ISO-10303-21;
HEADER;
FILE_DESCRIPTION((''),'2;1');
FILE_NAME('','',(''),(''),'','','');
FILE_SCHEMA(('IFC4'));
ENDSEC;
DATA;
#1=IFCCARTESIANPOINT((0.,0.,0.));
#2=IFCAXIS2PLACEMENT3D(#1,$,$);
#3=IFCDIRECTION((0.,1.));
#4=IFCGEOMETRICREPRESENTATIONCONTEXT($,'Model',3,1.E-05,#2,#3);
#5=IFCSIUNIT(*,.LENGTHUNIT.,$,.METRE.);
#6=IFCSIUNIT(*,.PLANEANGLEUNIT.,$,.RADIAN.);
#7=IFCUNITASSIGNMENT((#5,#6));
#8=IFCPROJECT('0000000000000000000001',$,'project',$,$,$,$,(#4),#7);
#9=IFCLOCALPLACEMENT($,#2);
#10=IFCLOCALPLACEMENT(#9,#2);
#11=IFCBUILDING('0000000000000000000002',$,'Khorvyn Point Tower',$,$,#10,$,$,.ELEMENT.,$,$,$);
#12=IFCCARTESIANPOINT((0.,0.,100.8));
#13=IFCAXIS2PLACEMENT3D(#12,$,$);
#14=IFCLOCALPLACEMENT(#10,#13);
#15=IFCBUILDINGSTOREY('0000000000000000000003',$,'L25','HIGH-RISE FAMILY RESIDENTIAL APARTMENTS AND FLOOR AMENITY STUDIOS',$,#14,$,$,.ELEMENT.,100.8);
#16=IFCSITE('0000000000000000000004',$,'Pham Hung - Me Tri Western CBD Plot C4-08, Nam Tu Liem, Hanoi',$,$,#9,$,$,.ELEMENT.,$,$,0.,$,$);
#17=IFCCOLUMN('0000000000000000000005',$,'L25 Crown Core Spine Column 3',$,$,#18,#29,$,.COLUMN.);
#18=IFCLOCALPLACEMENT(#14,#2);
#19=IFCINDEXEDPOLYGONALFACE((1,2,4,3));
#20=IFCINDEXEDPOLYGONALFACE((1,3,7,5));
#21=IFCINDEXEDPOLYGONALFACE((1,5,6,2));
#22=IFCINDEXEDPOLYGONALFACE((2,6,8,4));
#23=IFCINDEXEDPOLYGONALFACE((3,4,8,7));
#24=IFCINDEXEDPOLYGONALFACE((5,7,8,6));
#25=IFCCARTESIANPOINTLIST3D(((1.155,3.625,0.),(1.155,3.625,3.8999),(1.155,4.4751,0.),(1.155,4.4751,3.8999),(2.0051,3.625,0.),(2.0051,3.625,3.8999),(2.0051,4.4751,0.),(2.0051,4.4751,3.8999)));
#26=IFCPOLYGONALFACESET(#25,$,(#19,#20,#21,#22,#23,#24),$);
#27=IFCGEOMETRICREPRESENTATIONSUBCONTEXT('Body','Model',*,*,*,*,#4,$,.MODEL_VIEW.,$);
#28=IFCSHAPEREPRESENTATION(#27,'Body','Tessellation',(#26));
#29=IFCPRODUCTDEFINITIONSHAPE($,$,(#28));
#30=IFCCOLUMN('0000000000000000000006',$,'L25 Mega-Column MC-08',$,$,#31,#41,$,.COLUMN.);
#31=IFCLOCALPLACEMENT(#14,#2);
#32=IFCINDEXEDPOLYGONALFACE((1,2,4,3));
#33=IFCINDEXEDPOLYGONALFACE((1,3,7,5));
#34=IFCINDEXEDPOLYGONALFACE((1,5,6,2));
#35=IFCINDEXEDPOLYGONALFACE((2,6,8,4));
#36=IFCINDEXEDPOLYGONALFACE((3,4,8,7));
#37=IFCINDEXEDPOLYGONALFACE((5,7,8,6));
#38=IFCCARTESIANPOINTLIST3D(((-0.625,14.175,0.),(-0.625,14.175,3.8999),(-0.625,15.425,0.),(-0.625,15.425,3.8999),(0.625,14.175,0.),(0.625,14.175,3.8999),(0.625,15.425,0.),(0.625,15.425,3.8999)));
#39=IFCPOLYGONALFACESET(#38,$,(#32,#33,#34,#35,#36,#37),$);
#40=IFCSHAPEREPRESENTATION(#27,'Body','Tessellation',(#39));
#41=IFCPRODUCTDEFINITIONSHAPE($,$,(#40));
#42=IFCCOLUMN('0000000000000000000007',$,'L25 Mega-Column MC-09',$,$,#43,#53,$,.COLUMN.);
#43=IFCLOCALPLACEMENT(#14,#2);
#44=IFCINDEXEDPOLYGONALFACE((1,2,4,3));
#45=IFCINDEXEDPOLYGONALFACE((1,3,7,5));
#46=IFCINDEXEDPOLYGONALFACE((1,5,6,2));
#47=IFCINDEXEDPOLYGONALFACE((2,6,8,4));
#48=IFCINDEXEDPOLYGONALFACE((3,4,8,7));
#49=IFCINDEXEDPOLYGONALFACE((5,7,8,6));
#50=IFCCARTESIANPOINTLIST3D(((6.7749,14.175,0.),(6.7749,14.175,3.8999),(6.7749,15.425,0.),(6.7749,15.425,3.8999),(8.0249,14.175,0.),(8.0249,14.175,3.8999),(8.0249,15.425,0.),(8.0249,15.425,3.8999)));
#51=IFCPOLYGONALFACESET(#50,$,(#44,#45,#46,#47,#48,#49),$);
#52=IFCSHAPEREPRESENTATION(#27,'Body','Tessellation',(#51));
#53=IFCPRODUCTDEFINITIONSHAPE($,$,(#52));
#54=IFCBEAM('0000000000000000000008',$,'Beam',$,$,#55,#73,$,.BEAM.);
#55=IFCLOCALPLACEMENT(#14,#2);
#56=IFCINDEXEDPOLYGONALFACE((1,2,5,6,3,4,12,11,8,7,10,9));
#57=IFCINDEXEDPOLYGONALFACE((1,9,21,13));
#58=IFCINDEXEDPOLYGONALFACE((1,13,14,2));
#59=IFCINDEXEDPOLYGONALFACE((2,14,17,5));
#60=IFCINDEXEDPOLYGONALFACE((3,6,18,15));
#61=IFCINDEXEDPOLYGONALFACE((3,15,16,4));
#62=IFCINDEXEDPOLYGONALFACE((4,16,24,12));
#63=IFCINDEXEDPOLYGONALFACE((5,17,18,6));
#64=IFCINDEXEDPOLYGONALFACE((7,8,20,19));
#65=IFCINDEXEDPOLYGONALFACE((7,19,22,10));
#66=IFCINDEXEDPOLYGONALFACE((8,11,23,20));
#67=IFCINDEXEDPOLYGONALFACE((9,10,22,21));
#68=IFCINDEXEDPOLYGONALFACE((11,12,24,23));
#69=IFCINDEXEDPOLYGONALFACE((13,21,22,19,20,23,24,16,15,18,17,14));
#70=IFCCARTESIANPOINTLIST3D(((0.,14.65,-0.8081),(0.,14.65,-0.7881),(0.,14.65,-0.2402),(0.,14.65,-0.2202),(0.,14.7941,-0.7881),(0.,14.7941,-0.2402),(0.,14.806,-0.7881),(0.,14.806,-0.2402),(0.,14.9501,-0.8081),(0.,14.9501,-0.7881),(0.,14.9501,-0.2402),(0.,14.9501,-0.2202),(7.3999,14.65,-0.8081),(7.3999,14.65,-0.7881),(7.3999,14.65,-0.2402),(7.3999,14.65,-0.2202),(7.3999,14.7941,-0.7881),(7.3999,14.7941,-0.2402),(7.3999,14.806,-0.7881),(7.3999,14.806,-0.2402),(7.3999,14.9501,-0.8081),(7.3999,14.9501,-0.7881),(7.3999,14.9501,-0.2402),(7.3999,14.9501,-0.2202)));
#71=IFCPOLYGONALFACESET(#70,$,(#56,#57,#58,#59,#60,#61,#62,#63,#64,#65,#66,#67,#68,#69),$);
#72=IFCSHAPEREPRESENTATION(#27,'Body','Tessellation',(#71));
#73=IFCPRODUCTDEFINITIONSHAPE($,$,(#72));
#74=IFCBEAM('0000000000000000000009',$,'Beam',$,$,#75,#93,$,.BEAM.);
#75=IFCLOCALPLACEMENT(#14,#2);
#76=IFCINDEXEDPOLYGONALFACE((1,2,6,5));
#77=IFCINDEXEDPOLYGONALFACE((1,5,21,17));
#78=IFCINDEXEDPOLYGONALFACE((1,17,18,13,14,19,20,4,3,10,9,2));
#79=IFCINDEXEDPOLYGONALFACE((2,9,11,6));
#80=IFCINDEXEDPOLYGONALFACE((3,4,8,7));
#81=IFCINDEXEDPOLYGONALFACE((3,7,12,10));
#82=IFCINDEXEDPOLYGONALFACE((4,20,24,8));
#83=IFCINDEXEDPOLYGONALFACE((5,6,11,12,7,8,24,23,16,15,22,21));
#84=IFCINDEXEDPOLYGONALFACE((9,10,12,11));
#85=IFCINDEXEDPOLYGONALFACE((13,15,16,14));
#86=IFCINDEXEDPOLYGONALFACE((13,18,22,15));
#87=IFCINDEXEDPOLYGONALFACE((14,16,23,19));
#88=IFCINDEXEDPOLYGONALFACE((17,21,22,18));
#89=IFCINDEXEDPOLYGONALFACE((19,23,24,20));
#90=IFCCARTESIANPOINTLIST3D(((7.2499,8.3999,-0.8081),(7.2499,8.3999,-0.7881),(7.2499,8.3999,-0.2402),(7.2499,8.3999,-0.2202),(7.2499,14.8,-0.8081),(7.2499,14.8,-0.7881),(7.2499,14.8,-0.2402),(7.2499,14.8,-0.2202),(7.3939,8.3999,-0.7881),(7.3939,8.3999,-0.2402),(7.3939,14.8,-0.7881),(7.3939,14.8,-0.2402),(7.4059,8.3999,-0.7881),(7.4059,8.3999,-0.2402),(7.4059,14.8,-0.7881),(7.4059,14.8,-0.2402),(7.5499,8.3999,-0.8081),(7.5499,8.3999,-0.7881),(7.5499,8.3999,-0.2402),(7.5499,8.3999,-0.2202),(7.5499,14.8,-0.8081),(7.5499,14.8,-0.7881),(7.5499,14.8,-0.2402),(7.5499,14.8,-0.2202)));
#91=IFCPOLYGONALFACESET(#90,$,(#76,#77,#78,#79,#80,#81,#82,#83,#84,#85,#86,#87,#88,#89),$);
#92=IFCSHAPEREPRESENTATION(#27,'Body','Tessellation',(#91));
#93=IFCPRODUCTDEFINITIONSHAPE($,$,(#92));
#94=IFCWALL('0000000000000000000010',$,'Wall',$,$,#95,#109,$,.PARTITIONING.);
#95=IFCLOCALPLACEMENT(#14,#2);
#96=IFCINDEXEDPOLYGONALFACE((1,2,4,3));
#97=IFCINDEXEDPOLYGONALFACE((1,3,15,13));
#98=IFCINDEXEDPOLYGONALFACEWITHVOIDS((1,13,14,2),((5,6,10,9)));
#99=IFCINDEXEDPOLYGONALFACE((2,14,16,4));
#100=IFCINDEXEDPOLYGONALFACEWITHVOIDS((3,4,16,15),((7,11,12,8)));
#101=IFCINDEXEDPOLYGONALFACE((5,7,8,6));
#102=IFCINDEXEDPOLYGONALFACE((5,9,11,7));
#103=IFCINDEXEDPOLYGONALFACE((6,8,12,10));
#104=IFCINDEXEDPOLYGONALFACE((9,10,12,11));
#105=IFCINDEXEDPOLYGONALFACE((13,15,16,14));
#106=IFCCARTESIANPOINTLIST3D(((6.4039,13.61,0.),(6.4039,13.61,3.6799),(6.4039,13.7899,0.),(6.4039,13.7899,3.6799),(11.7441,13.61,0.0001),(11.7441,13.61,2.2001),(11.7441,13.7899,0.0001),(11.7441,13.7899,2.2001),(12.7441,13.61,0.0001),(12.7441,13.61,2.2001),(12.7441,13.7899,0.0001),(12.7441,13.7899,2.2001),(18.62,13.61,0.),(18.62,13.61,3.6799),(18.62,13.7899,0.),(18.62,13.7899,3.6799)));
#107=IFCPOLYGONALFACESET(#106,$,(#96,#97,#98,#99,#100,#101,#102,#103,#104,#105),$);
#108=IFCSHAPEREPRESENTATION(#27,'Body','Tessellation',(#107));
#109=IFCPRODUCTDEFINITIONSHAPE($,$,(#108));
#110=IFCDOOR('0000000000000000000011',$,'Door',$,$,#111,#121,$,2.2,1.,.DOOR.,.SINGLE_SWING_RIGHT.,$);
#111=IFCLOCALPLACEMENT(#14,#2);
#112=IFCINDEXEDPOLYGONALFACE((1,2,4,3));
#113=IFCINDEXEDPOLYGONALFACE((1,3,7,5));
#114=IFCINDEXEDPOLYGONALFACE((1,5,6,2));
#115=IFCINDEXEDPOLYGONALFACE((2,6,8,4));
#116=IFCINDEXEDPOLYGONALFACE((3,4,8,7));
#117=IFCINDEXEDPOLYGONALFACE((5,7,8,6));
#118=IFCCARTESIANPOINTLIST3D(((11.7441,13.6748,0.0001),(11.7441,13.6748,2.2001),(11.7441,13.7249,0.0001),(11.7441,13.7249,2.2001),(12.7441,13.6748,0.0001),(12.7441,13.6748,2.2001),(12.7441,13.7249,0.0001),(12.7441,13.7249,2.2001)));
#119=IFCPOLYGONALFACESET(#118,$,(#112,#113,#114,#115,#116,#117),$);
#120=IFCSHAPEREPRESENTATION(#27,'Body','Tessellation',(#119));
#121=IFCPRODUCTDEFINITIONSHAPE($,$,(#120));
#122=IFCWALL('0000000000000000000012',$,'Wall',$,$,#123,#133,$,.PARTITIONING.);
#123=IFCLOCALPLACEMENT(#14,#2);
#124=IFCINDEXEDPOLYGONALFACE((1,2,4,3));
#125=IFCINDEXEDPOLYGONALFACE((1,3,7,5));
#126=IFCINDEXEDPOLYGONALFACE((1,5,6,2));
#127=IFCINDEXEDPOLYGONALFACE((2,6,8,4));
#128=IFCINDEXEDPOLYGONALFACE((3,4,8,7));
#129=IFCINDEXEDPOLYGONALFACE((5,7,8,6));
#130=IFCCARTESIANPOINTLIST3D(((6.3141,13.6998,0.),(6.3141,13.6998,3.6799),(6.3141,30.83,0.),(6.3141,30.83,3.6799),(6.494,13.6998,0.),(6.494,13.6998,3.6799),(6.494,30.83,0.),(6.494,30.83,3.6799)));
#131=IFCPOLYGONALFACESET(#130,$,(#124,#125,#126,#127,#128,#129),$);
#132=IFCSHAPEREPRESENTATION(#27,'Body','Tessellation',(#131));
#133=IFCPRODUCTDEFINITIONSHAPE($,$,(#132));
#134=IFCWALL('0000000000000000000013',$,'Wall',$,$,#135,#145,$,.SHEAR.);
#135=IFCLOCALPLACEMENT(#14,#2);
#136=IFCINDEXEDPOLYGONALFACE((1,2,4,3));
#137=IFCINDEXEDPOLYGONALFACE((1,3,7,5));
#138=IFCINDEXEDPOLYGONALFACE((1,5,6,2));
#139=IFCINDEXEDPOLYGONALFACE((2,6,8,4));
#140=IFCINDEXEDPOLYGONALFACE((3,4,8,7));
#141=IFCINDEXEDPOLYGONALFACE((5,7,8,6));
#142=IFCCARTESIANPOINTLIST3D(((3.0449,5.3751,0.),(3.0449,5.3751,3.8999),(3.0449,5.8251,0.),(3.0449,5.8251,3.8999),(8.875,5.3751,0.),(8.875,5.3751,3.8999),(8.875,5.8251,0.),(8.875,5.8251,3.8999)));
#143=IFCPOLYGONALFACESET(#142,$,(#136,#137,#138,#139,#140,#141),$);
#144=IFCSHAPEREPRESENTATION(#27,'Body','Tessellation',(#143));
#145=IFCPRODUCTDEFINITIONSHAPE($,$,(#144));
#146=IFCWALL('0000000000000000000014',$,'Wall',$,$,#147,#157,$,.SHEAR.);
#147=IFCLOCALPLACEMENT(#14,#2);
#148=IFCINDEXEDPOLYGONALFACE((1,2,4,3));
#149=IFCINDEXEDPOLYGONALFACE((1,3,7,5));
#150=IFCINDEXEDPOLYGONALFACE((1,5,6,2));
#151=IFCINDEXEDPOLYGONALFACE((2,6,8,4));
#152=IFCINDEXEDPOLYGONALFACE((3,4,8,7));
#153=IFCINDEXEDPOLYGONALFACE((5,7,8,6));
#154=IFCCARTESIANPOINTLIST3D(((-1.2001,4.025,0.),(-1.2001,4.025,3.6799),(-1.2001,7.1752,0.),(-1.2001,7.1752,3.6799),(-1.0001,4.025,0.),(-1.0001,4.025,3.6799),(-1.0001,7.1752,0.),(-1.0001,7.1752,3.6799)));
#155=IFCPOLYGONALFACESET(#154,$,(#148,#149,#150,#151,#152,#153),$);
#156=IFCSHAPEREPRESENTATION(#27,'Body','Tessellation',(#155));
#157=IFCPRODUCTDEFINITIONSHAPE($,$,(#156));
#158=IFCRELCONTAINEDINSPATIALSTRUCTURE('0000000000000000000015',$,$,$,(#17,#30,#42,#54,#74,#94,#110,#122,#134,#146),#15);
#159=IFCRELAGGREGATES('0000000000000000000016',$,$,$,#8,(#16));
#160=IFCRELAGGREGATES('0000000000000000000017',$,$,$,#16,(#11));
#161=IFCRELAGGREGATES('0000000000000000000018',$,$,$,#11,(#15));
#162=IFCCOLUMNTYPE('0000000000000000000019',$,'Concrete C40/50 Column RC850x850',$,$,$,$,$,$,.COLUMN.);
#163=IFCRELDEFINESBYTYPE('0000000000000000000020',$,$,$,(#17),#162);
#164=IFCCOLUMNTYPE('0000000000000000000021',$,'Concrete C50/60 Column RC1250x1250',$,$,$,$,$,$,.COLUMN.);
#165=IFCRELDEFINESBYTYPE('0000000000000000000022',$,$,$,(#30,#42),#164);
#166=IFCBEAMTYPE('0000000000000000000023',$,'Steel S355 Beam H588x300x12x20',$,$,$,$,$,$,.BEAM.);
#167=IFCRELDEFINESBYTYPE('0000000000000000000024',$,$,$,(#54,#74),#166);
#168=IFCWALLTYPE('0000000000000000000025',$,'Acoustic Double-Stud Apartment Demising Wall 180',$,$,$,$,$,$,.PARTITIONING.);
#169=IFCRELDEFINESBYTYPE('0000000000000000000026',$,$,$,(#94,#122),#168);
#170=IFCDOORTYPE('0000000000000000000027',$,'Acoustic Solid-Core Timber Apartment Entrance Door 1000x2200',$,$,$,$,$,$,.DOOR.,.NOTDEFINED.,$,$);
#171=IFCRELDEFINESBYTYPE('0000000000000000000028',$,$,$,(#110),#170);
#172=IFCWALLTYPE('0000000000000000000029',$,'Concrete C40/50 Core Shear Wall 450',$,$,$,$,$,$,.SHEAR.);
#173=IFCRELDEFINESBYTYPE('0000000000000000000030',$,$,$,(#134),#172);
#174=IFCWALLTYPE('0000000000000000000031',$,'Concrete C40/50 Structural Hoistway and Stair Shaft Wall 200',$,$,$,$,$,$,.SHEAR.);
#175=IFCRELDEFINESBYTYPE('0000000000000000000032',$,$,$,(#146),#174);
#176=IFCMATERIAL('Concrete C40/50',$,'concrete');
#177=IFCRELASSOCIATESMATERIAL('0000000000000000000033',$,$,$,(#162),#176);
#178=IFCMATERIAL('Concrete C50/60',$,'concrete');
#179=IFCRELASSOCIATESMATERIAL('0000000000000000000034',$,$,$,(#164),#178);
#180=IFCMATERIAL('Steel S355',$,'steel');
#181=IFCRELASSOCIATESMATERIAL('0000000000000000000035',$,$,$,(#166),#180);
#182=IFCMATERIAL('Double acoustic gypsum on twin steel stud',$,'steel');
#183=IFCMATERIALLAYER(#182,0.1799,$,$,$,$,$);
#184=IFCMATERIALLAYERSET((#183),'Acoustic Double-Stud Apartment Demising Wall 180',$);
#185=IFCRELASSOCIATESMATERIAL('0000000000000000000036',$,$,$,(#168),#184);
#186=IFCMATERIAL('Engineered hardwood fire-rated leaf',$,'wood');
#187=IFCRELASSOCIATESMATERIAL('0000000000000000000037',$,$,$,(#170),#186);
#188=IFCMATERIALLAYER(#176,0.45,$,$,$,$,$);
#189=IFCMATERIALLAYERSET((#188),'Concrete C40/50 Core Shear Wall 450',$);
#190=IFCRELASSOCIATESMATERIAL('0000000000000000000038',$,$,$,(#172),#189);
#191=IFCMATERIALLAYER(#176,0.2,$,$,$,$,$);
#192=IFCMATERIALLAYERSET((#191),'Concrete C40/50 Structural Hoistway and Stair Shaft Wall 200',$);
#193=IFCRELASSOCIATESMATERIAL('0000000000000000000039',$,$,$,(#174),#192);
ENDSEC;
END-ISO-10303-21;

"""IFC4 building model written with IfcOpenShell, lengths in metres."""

from ifc_helpers import new_model, si_unit, direction, frame, frame_2d, origin, origin_2d, place, context, subcontext, project, spatial, rectangle, i_section, extrude, material, layer, layer_set, material_profile, profile_set, type_object, element, fill, save


model = new_model("IFC4")

# Units and contexts
model_context = context("Model", 3, precision=1e-05, world=origin(), true_north=direction((0.0, 1.0)))
body_context = subcontext(model_context, "Body", "Model", "MODEL_VIEW")
ifc_project = project(units=[si_unit("LENGTHUNIT", "METRE"), si_unit("PLANEANGLEUNIT", "RADIAN")], contexts=[model_context])

# Site, building, storey
site_placement = place(None, origin())
site = spatial("IfcSite", under=ifc_project, at=site_placement, Name="Pham Hung - Me Tri Western CBD Plot C4-08, Nam Tu Liem, Hanoi", CompositionType="ELEMENT", RefElevation=0.0)
building_placement = place(site_placement, origin())
building = spatial("IfcBuilding", under=site, at=building_placement, Name="Khorvyn Point Tower", CompositionType="ELEMENT")
storey_placement = place(building_placement, frame((0.0, 0.0, 100.8)))
storey = spatial("IfcBuildingStorey", under=building, at=storey_placement, Name="L25", Description="HIGH-RISE FAMILY RESIDENTIAL APARTMENTS AND FLOOR AMENITY STUDIOS", CompositionType="ELEMENT", Elevation=100.8)

# Columns
ifc_material_1 = material(Name="Concrete C40/50", Category="concrete")
ifc_material_profile_1 = material_profile(ifc_material_1, rectangle(XDim=0.8501, YDim=0.8501, at=origin_2d()))
ifc_profile_set_1 = profile_set([ifc_material_profile_1], Name="Concrete C40/50 RC850x850")
column_type_1 = type_object("IfcColumnType", Name="Concrete C40/50 Column RC850x850", PredefinedType="COLUMN", material=ifc_profile_set_1)
column_placement = place(storey_placement, frame((1.5801, 4.05, 0.0), z_axis=(0.0, 0.0, 1.0), x_axis=(1.0, 0.0, 0.0)))
element("IfcColumn", 1, at=column_placement, inside=storey, type_object=column_type_1, Name="L25 Crown Core Spine Column 3", PredefinedType="COLUMN", context=body_context, shape_type="SweptSolid", body=[
    extrude(rectangle(XDim=0.8501, YDim=0.8501, at=origin_2d()), origin(), (0.0, 0.0, 1.0), 3.8999),
])
ifc_material_2 = material(Name="Concrete C50/60", Category="concrete")
ifc_material_profile_2 = material_profile(ifc_material_2, rectangle(XDim=1.25, YDim=1.25, at=origin_2d()))
ifc_profile_set_2 = profile_set([ifc_material_profile_2], Name="Concrete C50/60 RC1250x1250")
column_type_2 = type_object("IfcColumnType", Name="Concrete C50/60 Column RC1250x1250", PredefinedType="COLUMN", material=ifc_profile_set_2)
for number, where, z_axis, x_axis, name in (
    (2, (0.0, 14.8, 0.0), (0.0, 0.0, 1.0), (1.0, 0.0, 0.0), "L25 Mega-Column MC-08"),
    (3, (7.3999, 14.8, 0.0), (0.0, 0.0, 1.0), (1.0, 0.0, 0.0), "L25 Mega-Column MC-09"),
):
    element("IfcColumn", number, at=place(storey_placement, frame(where, z_axis=z_axis, x_axis=x_axis)), inside=storey, type_object=column_type_2, Name=name, PredefinedType="COLUMN", context=body_context, shape_type="SweptSolid", body=[
        extrude(rectangle(XDim=1.25, YDim=1.25, at=origin_2d()), origin(), (0.0, 0.0, 1.0), 3.8999),
    ])

# Beams
ifc_material_3 = material(Name="Steel S355", Category="steel")
ifc_material_profile_3 = material_profile(ifc_material_3, i_section(OverallWidth=0.3, OverallDepth=0.5879, WebThickness=0.012, FlangeThickness=0.02, at=origin_2d()))
ifc_profile_set_3 = profile_set([ifc_material_profile_3], Name="Steel S355 H588x300x12x20")
beam_type = type_object("IfcBeamType", Name="Steel S355 Beam H588x300x12x20", PredefinedType="BEAM", material=ifc_profile_set_3)
beam_1_placement = place(storey_placement, frame((0.0, 14.8, -0.5142), z_axis=(1.0, 0.0, 0.0), x_axis=(0.0, 1.0, 0.0)))
element("IfcBeam", 4, at=beam_1_placement, inside=storey, type_object=beam_type, Name="Beam", PredefinedType="BEAM", context=body_context, shape_type="SweptSolid", body=[
    extrude(i_section(OverallWidth=0.3, OverallDepth=0.5879, WebThickness=0.012, FlangeThickness=0.02, at=origin_2d()), origin(), (0.0, 0.0, 1.0), 7.3999),
])
beam_2_placement = place(storey_placement, frame((7.3999, 8.3999, -0.5142), z_axis=(0.0, 1.0, 0.0), x_axis=(-1.0, 0.0, 0.0)))
element("IfcBeam", 5, at=beam_2_placement, inside=storey, type_object=beam_type, Name="Beam", PredefinedType="BEAM", context=body_context, shape_type="SweptSolid", body=[
    extrude(i_section(OverallWidth=0.3, OverallDepth=0.5879, WebThickness=0.012, FlangeThickness=0.02, at=origin_2d()), origin(), (0.0, 0.0, 1.0), 6.4001),
])

# Wall, opening, door
ifc_material_4 = material(Name="Double acoustic gypsum on twin steel stud", Category="steel")
ifc_layer_1 = layer(ifc_material_4, 0.1799)
ifc_layer_set_1 = layer_set([ifc_layer_1], Name="Acoustic Double-Stud Apartment Demising Wall 180")
wall_type_1 = type_object("IfcWallType", Name="Acoustic Double-Stud Apartment Demising Wall 180", PredefinedType="PARTITIONING", material=ifc_layer_set_1)
wall_1_placement = place(storey_placement, frame((6.4041, 13.7, 0.0), z_axis=(0.0, 0.0, 1.0), x_axis=(1.0, 0.0, 0.0)))
wall_1 = element("IfcWall", 6, at=wall_1_placement, inside=storey, type_object=wall_type_1, Name="Wall", PredefinedType="PARTITIONING", context=body_context, shape_type="SweptSolid", body=[
    extrude(rectangle(XDim=12.2161, YDim=0.1799, at=frame_2d((6.1079, 0.0))), origin(), (0.0, 0.0, 1.0), 3.6799),
])
opening_1_placement = place(wall_1_placement, frame((5.3401, 0.0, 0.0)))
opening_1 = element("IfcOpeningElement", 7, at=opening_1_placement, cuts=wall_1, PredefinedType="OPENING", context=body_context, shape_type="SweptSolid", body=[
    extrude(rectangle(XDim=1.0, YDim=2.2, at=frame_2d((0.5, 1.1001))), frame((0.0, 0.0999, 0.0), z_axis=(0.0, -1.0, 0.0), x_axis=(1.0, 0.0, 0.0)), (0.0, 0.0, 1.0), 0.2),
])
ifc_material_5 = material(Name="Engineered hardwood fire-rated leaf", Category="wood")
door_type_1 = type_object("IfcDoorType", Name="Acoustic Solid-Core Timber Apartment Entrance Door 1000x2200", OperationType="NOTDEFINED", PredefinedType="DOOR", material=ifc_material_5)
door_1_placement = place(opening_1_placement, origin())
door_1 = element("IfcDoor", 8, at=door_1_placement, inside=storey, type_object=door_type_1, Name="Door", OperationType="SINGLE_SWING_RIGHT", OverallHeight=2.2, OverallWidth=1.0, PredefinedType="DOOR", context=body_context, shape_type="SweptSolid", body=[
    extrude(rectangle(XDim=1.0, YDim=2.2, at=frame_2d((0.5, 1.1001))), frame((0.0, 0.0249, 0.0), z_axis=(0.0, -1.0, 0.0), x_axis=(1.0, 0.0, 0.0)), (0.0, 0.0, 1.0), 0.05),
])
fill(opening_1, door_1)

# Walls
wall_2_placement = place(storey_placement, frame((6.4041, 13.7, 0.0), z_axis=(0.0, 0.0, 1.0), x_axis=(0.0, 1.0, 0.0)))
element("IfcWall", 9, at=wall_2_placement, inside=storey, type_object=wall_type_1, Name="Wall", PredefinedType="PARTITIONING", context=body_context, shape_type="SweptSolid", body=[
    extrude(rectangle(XDim=17.1301, YDim=0.1799, at=frame_2d((8.5649, 0.0))), origin(), (0.0, 0.0, 1.0), 3.6799),
])
ifc_layer_2 = layer(ifc_material_1, 0.45)
ifc_layer_set_2 = layer_set([ifc_layer_2], Name="Concrete C40/50 Core Shear Wall 450")
wall_type_2 = type_object("IfcWallType", Name="Concrete C40/50 Core Shear Wall 450", PredefinedType="SHEAR", material=ifc_layer_set_2)
wall_3_placement = place(storey_placement, frame((3.0449, 5.6001, 0.0), z_axis=(0.0, 0.0, 1.0), x_axis=(1.0, 0.0, 0.0)))
element("IfcWall", 10, at=wall_3_placement, inside=storey, type_object=wall_type_2, Name="Wall", PredefinedType="SHEAR", context=body_context, shape_type="SweptSolid", body=[
    extrude(rectangle(XDim=5.8301, YDim=0.45, at=frame_2d((2.915, 0.0))), origin(), (0.0, 0.0, 1.0), 3.8999),
])

# Wall
ifc_layer_3 = layer(ifc_material_1, 0.2)
ifc_layer_set_3 = layer_set([ifc_layer_3], Name="Concrete C40/50 Structural Hoistway and Stair Shaft Wall 200")
wall_type_3 = type_object("IfcWallType", Name="Concrete C40/50 Structural Hoistway and Stair Shaft Wall 200", PredefinedType="SHEAR", material=ifc_layer_set_3)
wall_4_placement = place(storey_placement, frame((-1.1001, 4.0249, 0.0), z_axis=(0.0, 0.0, 1.0), x_axis=(0.0, 1.0, 0.0)))
element("IfcWall", 11, at=wall_4_placement, inside=storey, type_object=wall_type_3, Name="Wall", PredefinedType="SHEAR", context=body_context, shape_type="SweptSolid", body=[
    extrude(rectangle(XDim=3.1501, YDim=0.2, at=frame_2d((1.5752, 0.0))), origin(), (0.0, 0.0, 1.0), 3.6799),
])

save(model, "model.ifc")
